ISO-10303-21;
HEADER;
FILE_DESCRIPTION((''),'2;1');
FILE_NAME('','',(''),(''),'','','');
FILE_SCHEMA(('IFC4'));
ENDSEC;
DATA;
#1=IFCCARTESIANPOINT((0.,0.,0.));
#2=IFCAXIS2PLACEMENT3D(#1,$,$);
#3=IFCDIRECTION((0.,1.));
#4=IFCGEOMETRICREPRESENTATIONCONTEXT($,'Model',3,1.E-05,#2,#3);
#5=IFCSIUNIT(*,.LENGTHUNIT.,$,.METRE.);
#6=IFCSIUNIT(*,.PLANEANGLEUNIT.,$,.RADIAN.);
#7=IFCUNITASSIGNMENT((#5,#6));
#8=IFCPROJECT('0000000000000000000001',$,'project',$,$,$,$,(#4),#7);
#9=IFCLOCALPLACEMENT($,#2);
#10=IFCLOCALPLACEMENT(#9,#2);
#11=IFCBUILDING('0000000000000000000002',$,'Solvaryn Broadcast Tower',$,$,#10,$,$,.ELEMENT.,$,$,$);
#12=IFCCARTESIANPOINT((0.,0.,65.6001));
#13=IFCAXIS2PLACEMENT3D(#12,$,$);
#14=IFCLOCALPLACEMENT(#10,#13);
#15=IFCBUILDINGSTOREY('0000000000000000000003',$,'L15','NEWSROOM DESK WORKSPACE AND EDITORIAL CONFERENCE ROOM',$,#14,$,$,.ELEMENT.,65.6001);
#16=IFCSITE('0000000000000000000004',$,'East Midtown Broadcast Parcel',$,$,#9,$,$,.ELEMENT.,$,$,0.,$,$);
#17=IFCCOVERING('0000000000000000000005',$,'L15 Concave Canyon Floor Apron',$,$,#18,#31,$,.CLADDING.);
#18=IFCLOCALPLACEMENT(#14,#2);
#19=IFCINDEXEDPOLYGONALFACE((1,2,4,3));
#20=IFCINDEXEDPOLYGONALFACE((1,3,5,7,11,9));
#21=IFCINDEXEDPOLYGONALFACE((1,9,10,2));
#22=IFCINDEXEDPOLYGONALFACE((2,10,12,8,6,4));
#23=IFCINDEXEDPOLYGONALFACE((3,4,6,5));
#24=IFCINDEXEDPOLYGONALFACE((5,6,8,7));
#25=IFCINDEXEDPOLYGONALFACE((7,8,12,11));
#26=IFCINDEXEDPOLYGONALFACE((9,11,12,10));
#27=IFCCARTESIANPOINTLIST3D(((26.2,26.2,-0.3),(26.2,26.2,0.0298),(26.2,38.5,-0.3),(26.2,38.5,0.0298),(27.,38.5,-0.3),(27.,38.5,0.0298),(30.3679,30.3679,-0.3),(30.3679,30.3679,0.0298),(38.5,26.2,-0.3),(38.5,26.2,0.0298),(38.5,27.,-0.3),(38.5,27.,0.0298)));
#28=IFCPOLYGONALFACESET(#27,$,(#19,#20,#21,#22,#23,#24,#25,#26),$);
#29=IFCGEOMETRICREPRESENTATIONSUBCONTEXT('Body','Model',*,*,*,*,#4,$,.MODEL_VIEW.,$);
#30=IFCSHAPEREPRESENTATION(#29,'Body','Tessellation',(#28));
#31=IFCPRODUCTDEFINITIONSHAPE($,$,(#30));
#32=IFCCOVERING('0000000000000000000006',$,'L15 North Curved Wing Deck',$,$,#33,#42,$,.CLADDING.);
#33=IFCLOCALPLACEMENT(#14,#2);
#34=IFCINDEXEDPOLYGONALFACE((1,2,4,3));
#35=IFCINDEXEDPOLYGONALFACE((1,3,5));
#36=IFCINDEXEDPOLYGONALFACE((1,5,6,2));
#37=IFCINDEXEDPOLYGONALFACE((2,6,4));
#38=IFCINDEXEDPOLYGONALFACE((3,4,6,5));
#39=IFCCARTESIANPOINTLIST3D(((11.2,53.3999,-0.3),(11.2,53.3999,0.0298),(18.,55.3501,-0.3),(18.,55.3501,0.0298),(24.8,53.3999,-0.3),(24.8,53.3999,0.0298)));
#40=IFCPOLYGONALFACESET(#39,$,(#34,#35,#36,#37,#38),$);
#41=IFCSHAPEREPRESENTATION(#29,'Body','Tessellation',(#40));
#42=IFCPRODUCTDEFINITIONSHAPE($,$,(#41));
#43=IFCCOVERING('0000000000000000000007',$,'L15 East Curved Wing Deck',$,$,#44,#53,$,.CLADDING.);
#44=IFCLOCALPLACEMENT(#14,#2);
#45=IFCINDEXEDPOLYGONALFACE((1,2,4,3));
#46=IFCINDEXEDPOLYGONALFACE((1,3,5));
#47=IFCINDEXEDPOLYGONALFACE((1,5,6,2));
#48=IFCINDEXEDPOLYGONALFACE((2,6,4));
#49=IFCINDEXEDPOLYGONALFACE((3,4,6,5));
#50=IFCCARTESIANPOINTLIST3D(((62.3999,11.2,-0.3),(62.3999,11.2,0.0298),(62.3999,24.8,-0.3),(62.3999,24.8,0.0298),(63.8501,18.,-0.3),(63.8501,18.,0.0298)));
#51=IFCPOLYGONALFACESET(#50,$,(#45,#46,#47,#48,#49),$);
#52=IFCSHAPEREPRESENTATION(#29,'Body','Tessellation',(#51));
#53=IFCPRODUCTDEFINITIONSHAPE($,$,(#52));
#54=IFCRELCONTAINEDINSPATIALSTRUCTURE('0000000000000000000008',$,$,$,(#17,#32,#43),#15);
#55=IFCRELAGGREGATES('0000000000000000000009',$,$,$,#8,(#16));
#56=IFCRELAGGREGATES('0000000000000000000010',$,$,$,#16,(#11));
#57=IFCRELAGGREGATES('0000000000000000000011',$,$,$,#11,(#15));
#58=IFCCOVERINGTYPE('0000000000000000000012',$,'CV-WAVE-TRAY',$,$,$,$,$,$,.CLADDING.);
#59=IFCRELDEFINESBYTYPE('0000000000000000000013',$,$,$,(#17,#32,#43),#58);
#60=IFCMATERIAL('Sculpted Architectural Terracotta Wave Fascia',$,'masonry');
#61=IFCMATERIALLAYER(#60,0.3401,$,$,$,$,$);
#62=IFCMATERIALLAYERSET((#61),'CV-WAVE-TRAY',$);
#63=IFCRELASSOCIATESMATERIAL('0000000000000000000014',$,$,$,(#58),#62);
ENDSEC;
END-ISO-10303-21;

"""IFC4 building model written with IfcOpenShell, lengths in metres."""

from ifc_helpers import new_model, si_unit, direction, frame, origin, place, context, subcontext, project, spatial, polyline, outline, extrude, material, layer, layer_set, type_object, element, save


model = new_model("IFC4")

# Units and contexts
model_context = context("Model", 3, precision=1e-05, world=origin(), true_north=direction((0.0, 1.0)))
body_context = subcontext(model_context, "Body", "Model", "MODEL_VIEW")
ifc_project = project(units=[si_unit("LENGTHUNIT", "METRE"), si_unit("PLANEANGLEUNIT", "RADIAN")], contexts=[model_context])

# Site, building, storey
site_placement = place(None, origin())
site = spatial("IfcSite", under=ifc_project, at=site_placement, Name="East Midtown Broadcast Parcel", CompositionType="ELEMENT", RefElevation=0.0)
building_placement = place(site_placement, origin())
building = spatial("IfcBuilding", under=site, at=building_placement, Name="Solvaryn Broadcast Tower", CompositionType="ELEMENT")
storey_placement = place(building_placement, frame((0.0, 0.0, 65.6001)))
storey = spatial("IfcBuildingStorey", under=building, at=storey_placement, Name="L15", Description="NEWSROOM DESK WORKSPACE AND EDITORIAL CONFERENCE ROOM", CompositionType="ELEMENT", Elevation=65.6001)

# Coverings
ifc_material_1 = material(Name="Sculpted Architectural Terracotta Wave Fascia", Category="masonry")
ifc_layer_1 = layer(ifc_material_1, 0.3401)
ifc_layer_set_1 = layer_set([ifc_layer_1], Name="CV-WAVE-TRAY")
covering_type_1 = type_object("IfcCoveringType", Name="CV-WAVE-TRAY", PredefinedType="CLADDING", material=ifc_layer_set_1)
covering_1_placement = place(storey_placement, frame((0.0, 0.0, -0.3)))
element("IfcCovering", 1, at=covering_1_placement, inside=storey, type_object=covering_type_1, Name="L15 Concave Canyon Floor Apron", PredefinedType="CLADDING", context=body_context, shape_type="SweptSolid", body=[
    extrude(outline(polyline([(26.2, 26.2), (38.5, 26.2), (38.5, 27.0), (30.3679, 30.3679), (27.0, 38.5), (26.2, 38.5), (26.2, 26.2)])), origin(), (0.0, 0.0, 1.0), 0.3298),
])
covering_2_placement = place(storey_placement, frame((0.0, 0.0, -0.3)))
element("IfcCovering", 2, at=covering_2_placement, inside=storey, type_object=covering_type_1, Name="L15 North Curved Wing Deck", PredefinedType="CLADDING", context=body_context, shape_type="SweptSolid", body=[
    extrude(outline(polyline([(11.2, 53.3999), (24.8, 53.3999), (18.0, 55.3501), (11.2, 53.3999)])), origin(), (0.0, 0.0, 1.0), 0.3298),
])
covering_3_placement = place(storey_placement, frame((0.0, 0.0, -0.3)))
element("IfcCovering", 3, at=covering_3_placement, inside=storey, type_object=covering_type_1, Name="L15 East Curved Wing Deck", PredefinedType="CLADDING", context=body_context, shape_type="SweptSolid", body=[
    extrude(outline(polyline([(62.3999, 11.2), (63.8501, 18.0), (62.3999, 24.8), (62.3999, 11.2)])), origin(), (0.0, 0.0, 1.0), 0.3298),
])

save(model, "model.ifc")
